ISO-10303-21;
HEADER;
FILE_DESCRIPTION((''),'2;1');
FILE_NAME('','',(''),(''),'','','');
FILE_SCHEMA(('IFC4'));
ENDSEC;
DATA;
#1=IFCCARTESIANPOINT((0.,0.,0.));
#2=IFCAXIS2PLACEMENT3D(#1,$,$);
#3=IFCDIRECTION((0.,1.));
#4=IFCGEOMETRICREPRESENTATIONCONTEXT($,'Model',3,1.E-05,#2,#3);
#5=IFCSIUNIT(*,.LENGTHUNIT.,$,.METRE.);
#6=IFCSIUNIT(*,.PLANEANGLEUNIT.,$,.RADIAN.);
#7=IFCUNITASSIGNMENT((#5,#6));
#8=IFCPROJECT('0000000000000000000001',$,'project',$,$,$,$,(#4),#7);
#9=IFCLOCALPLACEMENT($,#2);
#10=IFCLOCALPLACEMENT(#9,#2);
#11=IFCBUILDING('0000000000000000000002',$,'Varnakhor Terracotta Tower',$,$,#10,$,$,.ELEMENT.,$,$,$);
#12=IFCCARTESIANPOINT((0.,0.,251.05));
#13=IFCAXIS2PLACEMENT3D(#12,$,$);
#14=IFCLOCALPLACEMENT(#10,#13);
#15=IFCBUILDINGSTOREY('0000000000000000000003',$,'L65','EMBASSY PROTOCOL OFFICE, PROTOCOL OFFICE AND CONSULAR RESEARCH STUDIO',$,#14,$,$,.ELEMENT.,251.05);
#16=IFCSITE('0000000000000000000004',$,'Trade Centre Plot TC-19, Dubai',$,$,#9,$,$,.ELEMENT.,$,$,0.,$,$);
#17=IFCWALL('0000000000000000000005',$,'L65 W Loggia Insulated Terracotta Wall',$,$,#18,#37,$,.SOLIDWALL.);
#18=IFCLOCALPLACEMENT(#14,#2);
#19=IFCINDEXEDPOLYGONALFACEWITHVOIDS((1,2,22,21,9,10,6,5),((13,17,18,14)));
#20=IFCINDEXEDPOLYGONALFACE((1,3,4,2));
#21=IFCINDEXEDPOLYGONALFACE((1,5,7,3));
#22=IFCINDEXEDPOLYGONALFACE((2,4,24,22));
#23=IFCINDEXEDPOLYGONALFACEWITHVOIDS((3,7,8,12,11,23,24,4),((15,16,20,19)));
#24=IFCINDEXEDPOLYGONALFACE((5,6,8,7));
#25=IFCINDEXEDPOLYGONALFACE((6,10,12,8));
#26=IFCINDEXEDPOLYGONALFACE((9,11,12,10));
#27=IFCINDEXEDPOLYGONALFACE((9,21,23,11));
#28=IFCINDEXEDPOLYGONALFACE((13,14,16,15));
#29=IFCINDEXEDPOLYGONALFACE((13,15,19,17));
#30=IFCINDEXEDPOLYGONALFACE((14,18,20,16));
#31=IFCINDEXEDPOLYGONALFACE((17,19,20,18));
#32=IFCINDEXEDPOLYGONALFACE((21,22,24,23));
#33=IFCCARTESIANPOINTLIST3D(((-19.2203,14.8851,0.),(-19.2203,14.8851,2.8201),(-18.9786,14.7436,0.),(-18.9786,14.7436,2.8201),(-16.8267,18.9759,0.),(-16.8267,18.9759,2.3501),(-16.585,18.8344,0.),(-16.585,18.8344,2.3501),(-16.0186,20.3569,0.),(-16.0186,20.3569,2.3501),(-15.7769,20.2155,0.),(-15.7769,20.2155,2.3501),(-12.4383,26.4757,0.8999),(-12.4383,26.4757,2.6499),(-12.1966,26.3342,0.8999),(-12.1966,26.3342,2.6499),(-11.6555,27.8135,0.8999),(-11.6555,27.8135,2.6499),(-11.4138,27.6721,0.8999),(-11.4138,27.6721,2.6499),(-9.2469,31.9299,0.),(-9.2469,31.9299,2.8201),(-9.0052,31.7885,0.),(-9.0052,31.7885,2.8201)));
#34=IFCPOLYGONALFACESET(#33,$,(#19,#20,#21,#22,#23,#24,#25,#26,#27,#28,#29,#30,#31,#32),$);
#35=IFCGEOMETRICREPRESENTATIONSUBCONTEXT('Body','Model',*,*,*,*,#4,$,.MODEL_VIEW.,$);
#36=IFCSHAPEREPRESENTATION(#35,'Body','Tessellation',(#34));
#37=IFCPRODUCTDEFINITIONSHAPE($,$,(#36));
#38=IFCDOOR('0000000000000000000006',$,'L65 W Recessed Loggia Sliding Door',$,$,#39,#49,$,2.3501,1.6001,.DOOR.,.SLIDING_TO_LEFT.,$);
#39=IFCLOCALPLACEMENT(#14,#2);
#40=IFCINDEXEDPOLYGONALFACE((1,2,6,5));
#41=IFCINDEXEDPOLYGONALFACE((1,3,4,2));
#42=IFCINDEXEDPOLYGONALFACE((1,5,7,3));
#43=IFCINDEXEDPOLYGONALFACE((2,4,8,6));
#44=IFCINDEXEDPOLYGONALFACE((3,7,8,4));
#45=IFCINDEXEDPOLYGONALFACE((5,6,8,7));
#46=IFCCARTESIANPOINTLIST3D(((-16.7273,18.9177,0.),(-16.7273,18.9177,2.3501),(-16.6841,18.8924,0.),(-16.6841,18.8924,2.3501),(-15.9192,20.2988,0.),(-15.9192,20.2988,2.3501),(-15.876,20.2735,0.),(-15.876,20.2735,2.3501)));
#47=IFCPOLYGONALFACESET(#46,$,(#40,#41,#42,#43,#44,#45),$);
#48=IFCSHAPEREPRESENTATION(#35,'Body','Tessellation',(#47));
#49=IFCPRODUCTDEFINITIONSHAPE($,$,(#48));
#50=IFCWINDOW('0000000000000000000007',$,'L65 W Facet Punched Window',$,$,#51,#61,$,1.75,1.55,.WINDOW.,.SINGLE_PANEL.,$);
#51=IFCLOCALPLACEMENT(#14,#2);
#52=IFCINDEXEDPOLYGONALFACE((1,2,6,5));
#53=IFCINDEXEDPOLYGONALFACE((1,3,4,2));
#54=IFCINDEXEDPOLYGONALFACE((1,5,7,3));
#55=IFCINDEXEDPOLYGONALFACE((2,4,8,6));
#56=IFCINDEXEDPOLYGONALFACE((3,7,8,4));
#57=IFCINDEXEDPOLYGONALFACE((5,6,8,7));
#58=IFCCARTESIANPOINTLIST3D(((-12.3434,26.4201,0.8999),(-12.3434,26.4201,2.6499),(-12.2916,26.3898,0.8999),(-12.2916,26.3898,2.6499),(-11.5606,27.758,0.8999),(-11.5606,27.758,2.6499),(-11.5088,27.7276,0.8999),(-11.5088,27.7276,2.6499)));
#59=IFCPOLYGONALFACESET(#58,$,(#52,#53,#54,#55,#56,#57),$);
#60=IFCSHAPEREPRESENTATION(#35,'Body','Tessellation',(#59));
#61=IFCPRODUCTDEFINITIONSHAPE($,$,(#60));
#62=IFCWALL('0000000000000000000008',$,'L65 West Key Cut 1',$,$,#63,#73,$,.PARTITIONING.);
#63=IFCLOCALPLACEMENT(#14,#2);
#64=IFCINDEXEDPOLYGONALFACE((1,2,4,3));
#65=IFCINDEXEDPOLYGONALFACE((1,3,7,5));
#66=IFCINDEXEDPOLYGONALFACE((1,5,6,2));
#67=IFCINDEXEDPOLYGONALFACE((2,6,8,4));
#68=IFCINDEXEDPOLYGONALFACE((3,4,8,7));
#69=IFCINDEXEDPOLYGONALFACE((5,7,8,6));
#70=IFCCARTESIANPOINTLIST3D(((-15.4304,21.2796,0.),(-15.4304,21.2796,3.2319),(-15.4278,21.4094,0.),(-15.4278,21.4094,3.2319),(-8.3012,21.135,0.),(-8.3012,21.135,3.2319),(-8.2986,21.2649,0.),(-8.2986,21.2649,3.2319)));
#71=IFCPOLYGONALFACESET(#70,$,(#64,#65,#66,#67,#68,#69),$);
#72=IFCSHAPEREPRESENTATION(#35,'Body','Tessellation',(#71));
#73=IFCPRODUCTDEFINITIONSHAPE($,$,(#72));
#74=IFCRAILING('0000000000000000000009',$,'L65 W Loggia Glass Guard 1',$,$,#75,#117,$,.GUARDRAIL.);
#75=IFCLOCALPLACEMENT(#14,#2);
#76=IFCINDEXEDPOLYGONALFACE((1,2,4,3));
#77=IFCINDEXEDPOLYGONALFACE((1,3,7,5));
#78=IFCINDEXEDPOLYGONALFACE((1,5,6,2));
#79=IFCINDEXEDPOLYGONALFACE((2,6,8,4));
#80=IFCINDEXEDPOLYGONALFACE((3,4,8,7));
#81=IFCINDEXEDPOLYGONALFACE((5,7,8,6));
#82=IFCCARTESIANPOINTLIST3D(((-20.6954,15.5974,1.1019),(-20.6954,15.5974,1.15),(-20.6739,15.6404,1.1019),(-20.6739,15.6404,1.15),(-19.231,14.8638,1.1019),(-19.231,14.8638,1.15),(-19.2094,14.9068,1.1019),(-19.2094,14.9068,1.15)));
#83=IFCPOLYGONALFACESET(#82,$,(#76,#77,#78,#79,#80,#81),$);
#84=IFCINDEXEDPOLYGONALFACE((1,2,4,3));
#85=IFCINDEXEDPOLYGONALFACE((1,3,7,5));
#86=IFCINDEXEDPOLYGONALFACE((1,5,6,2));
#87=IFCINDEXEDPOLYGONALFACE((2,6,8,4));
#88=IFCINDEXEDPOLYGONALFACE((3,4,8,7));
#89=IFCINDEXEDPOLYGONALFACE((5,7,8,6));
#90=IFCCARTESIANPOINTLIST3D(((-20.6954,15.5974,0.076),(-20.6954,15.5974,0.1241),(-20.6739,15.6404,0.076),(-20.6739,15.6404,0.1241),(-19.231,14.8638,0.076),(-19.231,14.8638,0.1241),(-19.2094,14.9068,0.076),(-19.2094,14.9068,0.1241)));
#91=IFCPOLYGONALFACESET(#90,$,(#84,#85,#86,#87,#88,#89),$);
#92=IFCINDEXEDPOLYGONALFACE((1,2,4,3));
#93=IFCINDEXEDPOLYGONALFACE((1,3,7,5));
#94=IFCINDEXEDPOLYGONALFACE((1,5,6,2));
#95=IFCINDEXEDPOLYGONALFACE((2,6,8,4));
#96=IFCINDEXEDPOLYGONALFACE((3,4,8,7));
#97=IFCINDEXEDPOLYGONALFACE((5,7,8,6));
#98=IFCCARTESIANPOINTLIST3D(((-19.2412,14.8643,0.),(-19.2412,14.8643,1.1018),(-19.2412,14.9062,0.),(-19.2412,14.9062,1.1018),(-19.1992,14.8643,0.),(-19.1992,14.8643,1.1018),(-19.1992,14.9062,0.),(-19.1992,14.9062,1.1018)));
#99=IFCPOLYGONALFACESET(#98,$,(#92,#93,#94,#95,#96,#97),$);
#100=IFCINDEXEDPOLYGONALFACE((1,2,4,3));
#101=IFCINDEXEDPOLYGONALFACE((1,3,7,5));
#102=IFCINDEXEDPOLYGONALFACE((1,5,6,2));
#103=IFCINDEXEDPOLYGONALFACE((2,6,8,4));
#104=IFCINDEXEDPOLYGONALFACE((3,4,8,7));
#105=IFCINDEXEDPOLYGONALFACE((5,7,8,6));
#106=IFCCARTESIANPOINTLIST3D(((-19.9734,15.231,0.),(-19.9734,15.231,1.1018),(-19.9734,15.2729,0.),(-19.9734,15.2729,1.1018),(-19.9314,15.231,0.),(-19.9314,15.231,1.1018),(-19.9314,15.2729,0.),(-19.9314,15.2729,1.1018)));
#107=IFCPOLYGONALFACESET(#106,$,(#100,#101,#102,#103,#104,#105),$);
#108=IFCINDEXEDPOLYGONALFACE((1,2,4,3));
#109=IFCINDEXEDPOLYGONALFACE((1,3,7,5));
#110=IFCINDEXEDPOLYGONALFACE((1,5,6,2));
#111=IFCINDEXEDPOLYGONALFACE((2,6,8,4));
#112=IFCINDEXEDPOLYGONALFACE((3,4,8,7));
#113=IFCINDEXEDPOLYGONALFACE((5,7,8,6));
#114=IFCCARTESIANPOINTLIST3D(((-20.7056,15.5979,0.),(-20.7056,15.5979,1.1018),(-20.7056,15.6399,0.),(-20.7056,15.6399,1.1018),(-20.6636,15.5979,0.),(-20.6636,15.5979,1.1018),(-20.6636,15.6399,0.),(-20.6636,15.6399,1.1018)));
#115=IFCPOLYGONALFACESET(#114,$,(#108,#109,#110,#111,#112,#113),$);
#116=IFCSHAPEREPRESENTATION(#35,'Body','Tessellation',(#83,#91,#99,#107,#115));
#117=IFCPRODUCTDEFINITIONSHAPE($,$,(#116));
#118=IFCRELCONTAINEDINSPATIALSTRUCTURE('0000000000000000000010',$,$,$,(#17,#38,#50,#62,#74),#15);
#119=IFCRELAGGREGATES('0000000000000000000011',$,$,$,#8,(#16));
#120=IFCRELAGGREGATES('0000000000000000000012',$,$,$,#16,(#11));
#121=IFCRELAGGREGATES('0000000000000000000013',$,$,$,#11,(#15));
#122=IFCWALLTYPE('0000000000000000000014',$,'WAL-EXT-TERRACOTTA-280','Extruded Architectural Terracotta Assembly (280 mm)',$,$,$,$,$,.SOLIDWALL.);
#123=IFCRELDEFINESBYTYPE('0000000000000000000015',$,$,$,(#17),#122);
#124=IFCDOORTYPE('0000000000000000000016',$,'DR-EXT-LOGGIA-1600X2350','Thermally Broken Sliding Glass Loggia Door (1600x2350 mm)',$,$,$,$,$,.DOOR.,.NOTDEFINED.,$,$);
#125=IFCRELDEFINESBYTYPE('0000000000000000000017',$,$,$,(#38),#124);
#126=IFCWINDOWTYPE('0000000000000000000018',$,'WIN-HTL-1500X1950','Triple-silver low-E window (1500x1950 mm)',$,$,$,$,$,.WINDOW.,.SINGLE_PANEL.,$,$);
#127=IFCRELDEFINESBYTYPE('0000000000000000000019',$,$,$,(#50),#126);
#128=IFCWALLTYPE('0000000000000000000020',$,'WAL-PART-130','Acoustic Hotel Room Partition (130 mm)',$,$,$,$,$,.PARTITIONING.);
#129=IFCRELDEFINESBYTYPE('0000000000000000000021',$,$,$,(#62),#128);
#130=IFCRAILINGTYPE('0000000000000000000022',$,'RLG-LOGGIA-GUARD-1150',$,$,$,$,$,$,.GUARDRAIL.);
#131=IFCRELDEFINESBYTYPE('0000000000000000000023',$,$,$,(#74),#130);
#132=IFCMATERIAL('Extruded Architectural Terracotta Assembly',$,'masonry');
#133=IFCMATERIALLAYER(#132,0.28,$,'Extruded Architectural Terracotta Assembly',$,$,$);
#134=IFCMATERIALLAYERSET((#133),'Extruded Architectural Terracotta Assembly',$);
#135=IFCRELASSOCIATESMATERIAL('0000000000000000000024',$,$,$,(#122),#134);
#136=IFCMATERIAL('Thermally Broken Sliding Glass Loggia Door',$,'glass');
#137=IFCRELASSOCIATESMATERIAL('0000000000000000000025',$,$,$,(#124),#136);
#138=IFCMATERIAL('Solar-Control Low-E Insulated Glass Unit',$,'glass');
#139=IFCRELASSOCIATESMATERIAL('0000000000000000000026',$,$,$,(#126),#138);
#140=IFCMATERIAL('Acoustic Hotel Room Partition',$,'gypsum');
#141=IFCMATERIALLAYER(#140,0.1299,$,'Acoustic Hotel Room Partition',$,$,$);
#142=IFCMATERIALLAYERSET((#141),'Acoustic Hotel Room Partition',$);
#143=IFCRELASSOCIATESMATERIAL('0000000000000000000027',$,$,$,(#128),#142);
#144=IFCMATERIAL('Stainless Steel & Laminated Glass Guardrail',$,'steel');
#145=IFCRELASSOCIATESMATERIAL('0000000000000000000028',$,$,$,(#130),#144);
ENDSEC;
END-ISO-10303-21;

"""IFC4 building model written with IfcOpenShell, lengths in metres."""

from ifc_helpers import new_model, si_unit, direction, frame, frame_2d, origin, origin_2d, place, context, subcontext, project, spatial, rectangle, extrude, source, transform, mapped, material, layer, layer_set, type_object, type_shapes, element, fill, save


model = new_model("IFC4")

# Units and contexts
model_context = context("Model", 3, precision=1e-05, world=origin(), true_north=direction((0.0, 1.0)))
body_context = subcontext(model_context, "Body", "Model", "MODEL_VIEW")
ifc_project = project(units=[si_unit("LENGTHUNIT", "METRE"), si_unit("PLANEANGLEUNIT", "RADIAN")], contexts=[model_context])

# Site, building, storey
site_placement = place(None, origin())
site = spatial("IfcSite", under=ifc_project, at=site_placement, Name="Trade Centre Plot TC-19, Dubai", CompositionType="ELEMENT", RefElevation=0.0)
building_placement = place(site_placement, origin())
building = spatial("IfcBuilding", under=site, at=building_placement, Name="Varnakhor Terracotta Tower", CompositionType="ELEMENT")
storey_placement = place(building_placement, frame((0.0, 0.0, 251.05)))
storey = spatial("IfcBuildingStorey", under=building, at=storey_placement, Name="L65", Description="EMBASSY PROTOCOL OFFICE, PROTOCOL OFFICE AND CONSULAR RESEARCH STUDIO", CompositionType="ELEMENT", Elevation=251.05)

# Wall, openings, door, window
ifc_material_1 = material(Name="Extruded Architectural Terracotta Assembly", Category="masonry")
ifc_layer_1 = layer(ifc_material_1, 0.28, Name="Extruded Architectural Terracotta Assembly")
ifc_layer_set_1 = layer_set([ifc_layer_1], Name="Extruded Architectural Terracotta Assembly")
wall_type_1 = type_object("IfcWallType", Name="WAL-EXT-TERRACOTTA-280", Description="Extruded Architectural Terracotta Assembly (280 mm)", PredefinedType="SOLIDWALL", material=ifc_layer_set_1)
wall_1_placement = place(storey_placement, frame((-19.0994, 14.8145, 0.0), z_axis=(0.0, 0.0, 1.0), x_axis=(0.505024, 0.863106, 0.0)))
wall_1 = element("IfcWall", 1, at=wall_1_placement, inside=storey, type_object=wall_type_1, Name="L65 W Loggia Insulated Terracotta Wall", PredefinedType="SOLIDWALL", context=body_context, shape_type="SweptSolid", body=[
    extrude(rectangle(XDim=19.7483, YDim=0.28, at=frame_2d((9.874, 0.0))), origin(), (0.0, 0.0, 1.0), 2.8201),
])
opening_1_placement = place(wall_1_placement, frame((4.7395, 0.0, 0.0)))
opening_1 = element("IfcOpeningElement", 2, at=opening_1_placement, cuts=wall_1, PredefinedType="OPENING", context=body_context, shape_type="SweptSolid", body=[
    extrude(rectangle(XDim=1.6001, YDim=2.3501, at=frame_2d((0.8, 1.175))), frame((0.0, 0.1499, 0.0), z_axis=(0.0, -1.0, 0.0), x_axis=(1.0, 0.0, 0.0)), (0.0, 0.0, 1.0), 0.3),
])
opening_2_placement = place(wall_1_placement, frame((13.429, 0.0, 0.8999)))
opening_2 = element("IfcOpeningElement", 3, at=opening_2_placement, cuts=wall_1, PredefinedType="OPENING", context=body_context, shape_type="SweptSolid", body=[
    extrude(rectangle(XDim=1.55, YDim=1.75, at=frame_2d((0.7749, 0.875))), frame((0.0, 0.1499, 0.0), z_axis=(0.0, -1.0, 0.0), x_axis=(1.0, 0.0, 0.0)), (0.0, 0.0, 1.0), 0.3),
])
ifc_material_2 = material(Name="Thermally Broken Sliding Glass Loggia Door", Category="glass")
door_type_1 = type_object("IfcDoorType", Name="DR-EXT-LOGGIA-1600X2350", Description="Thermally Broken Sliding Glass Loggia Door (1600x2350 mm)", OperationType="NOTDEFINED", PredefinedType="DOOR", material=ifc_material_2)
shared_shape_1 = source(origin(), body_context, "Body", "SweptSolid", [
    extrude(rectangle(XDim=1.6001, YDim=2.3501, at=frame_2d((0.8, 1.175))), frame((0.0, 0.0249, 0.0), z_axis=(0.0, -1.0, 0.0), x_axis=(1.0, 0.0, 0.0)), (0.0, 0.0, 1.0), 0.05),
])
type_shapes(door_type_1, [shared_shape_1])
door_1_placement = place(opening_1_placement, origin())
door_1 = element("IfcDoor", 4, at=door_1_placement, inside=storey, type_object=door_type_1, Name="L65 W Recessed Loggia Sliding Door", OperationType="SLIDING_TO_LEFT", OverallHeight=2.3501, OverallWidth=1.6001, PredefinedType="DOOR", context=body_context, shape_type="MappedRepresentation", body=[
    mapped(shared_shape_1, transform((0.0, 0.0, 0.0), scale=1.0)),
])
fill(opening_1, door_1)
ifc_material_3 = material(Name="Solar-Control Low-E Insulated Glass Unit", Category="glass")
window_type = type_object("IfcWindowType", Name="WIN-HTL-1500X1950", Description="Triple-silver low-E window (1500x1950 mm)", PartitioningType="SINGLE_PANEL", PredefinedType="WINDOW", material=ifc_material_3)
shared_shape_2 = source(origin(), body_context, "Body", "SweptSolid", [
    extrude(rectangle(XDim=1.55, YDim=1.75, at=frame_2d((0.7749, 0.875))), frame((0.0, 0.03, 0.0), z_axis=(0.0, -1.0, 0.0), x_axis=(1.0, 0.0, 0.0)), (0.0, 0.0, 1.0), 0.0601),
])
type_shapes(window_type, [shared_shape_2])
window_placement = place(opening_2_placement, origin())
window = element("IfcWindow", 5, at=window_placement, inside=storey, type_object=window_type, Name="L65 W Facet Punched Window", OverallHeight=1.75, OverallWidth=1.55, PartitioningType="SINGLE_PANEL", PredefinedType="WINDOW", context=body_context, shape_type="MappedRepresentation", body=[
    mapped(shared_shape_2, transform((0.0, 0.0, 0.0), scale=1.0)),
])
fill(opening_2, window)

# Wall
ifc_material_4 = material(Name="Acoustic Hotel Room Partition", Category="gypsum")
ifc_layer_2 = layer(ifc_material_4, 0.1299, Name="Acoustic Hotel Room Partition")
ifc_layer_set_2 = layer_set([ifc_layer_2], Name="Acoustic Hotel Room Partition")
wall_type_2 = type_object("IfcWallType", Name="WAL-PART-130", Description="Acoustic Hotel Room Partition (130 mm)", PredefinedType="PARTITIONING", material=ifc_layer_set_2)
wall_2_placement = place(storey_placement, frame((-15.4292, 21.3445, 0.0), z_axis=(0.0, 0.0, 1.0), x_axis=(0.999795, -0.020269, 0.0)))
element("IfcWall", 6, at=wall_2_placement, inside=storey, type_object=wall_type_2, Name="L65 West Key Cut 1", PredefinedType="PARTITIONING", context=body_context, shape_type="SweptSolid", body=[
    extrude(rectangle(XDim=7.1306, YDim=0.1299, at=frame_2d((3.5654, 0.0))), origin(), (0.0, 0.0, 1.0), 3.2319),
])

# Railing
ifc_material_5 = material(Name="Stainless Steel & Laminated Glass Guardrail", Category="steel")
railing_type = type_object("IfcRailingType", Name="RLG-LOGGIA-GUARD-1150", PredefinedType="GUARDRAIL", material=ifc_material_5)
railing_1_placement = place(storey_placement, frame((-19.2202, 14.8853, 0.0)))
element("IfcRailing", 7, at=railing_1_placement, inside=storey, type_object=railing_type, Name="L65 W Loggia Glass Guard 1", PredefinedType="GUARDRAIL", context=body_context, shape_type="SweptSolid", body=[
    extrude(rectangle(XDim=0.0481, YDim=0.0481, at=origin_2d()), frame((0.0, 0.0, 1.126), z_axis=(-0.894069, 0.447929, 0.0), x_axis=(-0.447929, -0.894069, 0.0)), (0.0, 0.0, 1.0), 1.6379),
    extrude(rectangle(XDim=0.0481, YDim=0.0481, at=origin_2d()), frame((0.0, 0.0, 0.1001), z_axis=(-0.894069, 0.447929, 0.0), x_axis=(-0.447929, -0.894069, 0.0)), (0.0, 0.0, 1.0), 1.6379),
    extrude(rectangle(XDim=0.042, YDim=0.042, at=origin_2d()), origin(), (0.0, 0.0, 1.0), 1.1018),
    extrude(rectangle(XDim=0.042, YDim=0.042, at=origin_2d()), frame((-0.7322, 0.3667, 0.0)), (0.0, 0.0, 1.0), 1.1018),
    extrude(rectangle(XDim=0.042, YDim=0.042, at=origin_2d()), frame((-1.4644, 0.7336, 0.0)), (0.0, 0.0, 1.0), 1.1018),
])

save(model, "model.ifc")
